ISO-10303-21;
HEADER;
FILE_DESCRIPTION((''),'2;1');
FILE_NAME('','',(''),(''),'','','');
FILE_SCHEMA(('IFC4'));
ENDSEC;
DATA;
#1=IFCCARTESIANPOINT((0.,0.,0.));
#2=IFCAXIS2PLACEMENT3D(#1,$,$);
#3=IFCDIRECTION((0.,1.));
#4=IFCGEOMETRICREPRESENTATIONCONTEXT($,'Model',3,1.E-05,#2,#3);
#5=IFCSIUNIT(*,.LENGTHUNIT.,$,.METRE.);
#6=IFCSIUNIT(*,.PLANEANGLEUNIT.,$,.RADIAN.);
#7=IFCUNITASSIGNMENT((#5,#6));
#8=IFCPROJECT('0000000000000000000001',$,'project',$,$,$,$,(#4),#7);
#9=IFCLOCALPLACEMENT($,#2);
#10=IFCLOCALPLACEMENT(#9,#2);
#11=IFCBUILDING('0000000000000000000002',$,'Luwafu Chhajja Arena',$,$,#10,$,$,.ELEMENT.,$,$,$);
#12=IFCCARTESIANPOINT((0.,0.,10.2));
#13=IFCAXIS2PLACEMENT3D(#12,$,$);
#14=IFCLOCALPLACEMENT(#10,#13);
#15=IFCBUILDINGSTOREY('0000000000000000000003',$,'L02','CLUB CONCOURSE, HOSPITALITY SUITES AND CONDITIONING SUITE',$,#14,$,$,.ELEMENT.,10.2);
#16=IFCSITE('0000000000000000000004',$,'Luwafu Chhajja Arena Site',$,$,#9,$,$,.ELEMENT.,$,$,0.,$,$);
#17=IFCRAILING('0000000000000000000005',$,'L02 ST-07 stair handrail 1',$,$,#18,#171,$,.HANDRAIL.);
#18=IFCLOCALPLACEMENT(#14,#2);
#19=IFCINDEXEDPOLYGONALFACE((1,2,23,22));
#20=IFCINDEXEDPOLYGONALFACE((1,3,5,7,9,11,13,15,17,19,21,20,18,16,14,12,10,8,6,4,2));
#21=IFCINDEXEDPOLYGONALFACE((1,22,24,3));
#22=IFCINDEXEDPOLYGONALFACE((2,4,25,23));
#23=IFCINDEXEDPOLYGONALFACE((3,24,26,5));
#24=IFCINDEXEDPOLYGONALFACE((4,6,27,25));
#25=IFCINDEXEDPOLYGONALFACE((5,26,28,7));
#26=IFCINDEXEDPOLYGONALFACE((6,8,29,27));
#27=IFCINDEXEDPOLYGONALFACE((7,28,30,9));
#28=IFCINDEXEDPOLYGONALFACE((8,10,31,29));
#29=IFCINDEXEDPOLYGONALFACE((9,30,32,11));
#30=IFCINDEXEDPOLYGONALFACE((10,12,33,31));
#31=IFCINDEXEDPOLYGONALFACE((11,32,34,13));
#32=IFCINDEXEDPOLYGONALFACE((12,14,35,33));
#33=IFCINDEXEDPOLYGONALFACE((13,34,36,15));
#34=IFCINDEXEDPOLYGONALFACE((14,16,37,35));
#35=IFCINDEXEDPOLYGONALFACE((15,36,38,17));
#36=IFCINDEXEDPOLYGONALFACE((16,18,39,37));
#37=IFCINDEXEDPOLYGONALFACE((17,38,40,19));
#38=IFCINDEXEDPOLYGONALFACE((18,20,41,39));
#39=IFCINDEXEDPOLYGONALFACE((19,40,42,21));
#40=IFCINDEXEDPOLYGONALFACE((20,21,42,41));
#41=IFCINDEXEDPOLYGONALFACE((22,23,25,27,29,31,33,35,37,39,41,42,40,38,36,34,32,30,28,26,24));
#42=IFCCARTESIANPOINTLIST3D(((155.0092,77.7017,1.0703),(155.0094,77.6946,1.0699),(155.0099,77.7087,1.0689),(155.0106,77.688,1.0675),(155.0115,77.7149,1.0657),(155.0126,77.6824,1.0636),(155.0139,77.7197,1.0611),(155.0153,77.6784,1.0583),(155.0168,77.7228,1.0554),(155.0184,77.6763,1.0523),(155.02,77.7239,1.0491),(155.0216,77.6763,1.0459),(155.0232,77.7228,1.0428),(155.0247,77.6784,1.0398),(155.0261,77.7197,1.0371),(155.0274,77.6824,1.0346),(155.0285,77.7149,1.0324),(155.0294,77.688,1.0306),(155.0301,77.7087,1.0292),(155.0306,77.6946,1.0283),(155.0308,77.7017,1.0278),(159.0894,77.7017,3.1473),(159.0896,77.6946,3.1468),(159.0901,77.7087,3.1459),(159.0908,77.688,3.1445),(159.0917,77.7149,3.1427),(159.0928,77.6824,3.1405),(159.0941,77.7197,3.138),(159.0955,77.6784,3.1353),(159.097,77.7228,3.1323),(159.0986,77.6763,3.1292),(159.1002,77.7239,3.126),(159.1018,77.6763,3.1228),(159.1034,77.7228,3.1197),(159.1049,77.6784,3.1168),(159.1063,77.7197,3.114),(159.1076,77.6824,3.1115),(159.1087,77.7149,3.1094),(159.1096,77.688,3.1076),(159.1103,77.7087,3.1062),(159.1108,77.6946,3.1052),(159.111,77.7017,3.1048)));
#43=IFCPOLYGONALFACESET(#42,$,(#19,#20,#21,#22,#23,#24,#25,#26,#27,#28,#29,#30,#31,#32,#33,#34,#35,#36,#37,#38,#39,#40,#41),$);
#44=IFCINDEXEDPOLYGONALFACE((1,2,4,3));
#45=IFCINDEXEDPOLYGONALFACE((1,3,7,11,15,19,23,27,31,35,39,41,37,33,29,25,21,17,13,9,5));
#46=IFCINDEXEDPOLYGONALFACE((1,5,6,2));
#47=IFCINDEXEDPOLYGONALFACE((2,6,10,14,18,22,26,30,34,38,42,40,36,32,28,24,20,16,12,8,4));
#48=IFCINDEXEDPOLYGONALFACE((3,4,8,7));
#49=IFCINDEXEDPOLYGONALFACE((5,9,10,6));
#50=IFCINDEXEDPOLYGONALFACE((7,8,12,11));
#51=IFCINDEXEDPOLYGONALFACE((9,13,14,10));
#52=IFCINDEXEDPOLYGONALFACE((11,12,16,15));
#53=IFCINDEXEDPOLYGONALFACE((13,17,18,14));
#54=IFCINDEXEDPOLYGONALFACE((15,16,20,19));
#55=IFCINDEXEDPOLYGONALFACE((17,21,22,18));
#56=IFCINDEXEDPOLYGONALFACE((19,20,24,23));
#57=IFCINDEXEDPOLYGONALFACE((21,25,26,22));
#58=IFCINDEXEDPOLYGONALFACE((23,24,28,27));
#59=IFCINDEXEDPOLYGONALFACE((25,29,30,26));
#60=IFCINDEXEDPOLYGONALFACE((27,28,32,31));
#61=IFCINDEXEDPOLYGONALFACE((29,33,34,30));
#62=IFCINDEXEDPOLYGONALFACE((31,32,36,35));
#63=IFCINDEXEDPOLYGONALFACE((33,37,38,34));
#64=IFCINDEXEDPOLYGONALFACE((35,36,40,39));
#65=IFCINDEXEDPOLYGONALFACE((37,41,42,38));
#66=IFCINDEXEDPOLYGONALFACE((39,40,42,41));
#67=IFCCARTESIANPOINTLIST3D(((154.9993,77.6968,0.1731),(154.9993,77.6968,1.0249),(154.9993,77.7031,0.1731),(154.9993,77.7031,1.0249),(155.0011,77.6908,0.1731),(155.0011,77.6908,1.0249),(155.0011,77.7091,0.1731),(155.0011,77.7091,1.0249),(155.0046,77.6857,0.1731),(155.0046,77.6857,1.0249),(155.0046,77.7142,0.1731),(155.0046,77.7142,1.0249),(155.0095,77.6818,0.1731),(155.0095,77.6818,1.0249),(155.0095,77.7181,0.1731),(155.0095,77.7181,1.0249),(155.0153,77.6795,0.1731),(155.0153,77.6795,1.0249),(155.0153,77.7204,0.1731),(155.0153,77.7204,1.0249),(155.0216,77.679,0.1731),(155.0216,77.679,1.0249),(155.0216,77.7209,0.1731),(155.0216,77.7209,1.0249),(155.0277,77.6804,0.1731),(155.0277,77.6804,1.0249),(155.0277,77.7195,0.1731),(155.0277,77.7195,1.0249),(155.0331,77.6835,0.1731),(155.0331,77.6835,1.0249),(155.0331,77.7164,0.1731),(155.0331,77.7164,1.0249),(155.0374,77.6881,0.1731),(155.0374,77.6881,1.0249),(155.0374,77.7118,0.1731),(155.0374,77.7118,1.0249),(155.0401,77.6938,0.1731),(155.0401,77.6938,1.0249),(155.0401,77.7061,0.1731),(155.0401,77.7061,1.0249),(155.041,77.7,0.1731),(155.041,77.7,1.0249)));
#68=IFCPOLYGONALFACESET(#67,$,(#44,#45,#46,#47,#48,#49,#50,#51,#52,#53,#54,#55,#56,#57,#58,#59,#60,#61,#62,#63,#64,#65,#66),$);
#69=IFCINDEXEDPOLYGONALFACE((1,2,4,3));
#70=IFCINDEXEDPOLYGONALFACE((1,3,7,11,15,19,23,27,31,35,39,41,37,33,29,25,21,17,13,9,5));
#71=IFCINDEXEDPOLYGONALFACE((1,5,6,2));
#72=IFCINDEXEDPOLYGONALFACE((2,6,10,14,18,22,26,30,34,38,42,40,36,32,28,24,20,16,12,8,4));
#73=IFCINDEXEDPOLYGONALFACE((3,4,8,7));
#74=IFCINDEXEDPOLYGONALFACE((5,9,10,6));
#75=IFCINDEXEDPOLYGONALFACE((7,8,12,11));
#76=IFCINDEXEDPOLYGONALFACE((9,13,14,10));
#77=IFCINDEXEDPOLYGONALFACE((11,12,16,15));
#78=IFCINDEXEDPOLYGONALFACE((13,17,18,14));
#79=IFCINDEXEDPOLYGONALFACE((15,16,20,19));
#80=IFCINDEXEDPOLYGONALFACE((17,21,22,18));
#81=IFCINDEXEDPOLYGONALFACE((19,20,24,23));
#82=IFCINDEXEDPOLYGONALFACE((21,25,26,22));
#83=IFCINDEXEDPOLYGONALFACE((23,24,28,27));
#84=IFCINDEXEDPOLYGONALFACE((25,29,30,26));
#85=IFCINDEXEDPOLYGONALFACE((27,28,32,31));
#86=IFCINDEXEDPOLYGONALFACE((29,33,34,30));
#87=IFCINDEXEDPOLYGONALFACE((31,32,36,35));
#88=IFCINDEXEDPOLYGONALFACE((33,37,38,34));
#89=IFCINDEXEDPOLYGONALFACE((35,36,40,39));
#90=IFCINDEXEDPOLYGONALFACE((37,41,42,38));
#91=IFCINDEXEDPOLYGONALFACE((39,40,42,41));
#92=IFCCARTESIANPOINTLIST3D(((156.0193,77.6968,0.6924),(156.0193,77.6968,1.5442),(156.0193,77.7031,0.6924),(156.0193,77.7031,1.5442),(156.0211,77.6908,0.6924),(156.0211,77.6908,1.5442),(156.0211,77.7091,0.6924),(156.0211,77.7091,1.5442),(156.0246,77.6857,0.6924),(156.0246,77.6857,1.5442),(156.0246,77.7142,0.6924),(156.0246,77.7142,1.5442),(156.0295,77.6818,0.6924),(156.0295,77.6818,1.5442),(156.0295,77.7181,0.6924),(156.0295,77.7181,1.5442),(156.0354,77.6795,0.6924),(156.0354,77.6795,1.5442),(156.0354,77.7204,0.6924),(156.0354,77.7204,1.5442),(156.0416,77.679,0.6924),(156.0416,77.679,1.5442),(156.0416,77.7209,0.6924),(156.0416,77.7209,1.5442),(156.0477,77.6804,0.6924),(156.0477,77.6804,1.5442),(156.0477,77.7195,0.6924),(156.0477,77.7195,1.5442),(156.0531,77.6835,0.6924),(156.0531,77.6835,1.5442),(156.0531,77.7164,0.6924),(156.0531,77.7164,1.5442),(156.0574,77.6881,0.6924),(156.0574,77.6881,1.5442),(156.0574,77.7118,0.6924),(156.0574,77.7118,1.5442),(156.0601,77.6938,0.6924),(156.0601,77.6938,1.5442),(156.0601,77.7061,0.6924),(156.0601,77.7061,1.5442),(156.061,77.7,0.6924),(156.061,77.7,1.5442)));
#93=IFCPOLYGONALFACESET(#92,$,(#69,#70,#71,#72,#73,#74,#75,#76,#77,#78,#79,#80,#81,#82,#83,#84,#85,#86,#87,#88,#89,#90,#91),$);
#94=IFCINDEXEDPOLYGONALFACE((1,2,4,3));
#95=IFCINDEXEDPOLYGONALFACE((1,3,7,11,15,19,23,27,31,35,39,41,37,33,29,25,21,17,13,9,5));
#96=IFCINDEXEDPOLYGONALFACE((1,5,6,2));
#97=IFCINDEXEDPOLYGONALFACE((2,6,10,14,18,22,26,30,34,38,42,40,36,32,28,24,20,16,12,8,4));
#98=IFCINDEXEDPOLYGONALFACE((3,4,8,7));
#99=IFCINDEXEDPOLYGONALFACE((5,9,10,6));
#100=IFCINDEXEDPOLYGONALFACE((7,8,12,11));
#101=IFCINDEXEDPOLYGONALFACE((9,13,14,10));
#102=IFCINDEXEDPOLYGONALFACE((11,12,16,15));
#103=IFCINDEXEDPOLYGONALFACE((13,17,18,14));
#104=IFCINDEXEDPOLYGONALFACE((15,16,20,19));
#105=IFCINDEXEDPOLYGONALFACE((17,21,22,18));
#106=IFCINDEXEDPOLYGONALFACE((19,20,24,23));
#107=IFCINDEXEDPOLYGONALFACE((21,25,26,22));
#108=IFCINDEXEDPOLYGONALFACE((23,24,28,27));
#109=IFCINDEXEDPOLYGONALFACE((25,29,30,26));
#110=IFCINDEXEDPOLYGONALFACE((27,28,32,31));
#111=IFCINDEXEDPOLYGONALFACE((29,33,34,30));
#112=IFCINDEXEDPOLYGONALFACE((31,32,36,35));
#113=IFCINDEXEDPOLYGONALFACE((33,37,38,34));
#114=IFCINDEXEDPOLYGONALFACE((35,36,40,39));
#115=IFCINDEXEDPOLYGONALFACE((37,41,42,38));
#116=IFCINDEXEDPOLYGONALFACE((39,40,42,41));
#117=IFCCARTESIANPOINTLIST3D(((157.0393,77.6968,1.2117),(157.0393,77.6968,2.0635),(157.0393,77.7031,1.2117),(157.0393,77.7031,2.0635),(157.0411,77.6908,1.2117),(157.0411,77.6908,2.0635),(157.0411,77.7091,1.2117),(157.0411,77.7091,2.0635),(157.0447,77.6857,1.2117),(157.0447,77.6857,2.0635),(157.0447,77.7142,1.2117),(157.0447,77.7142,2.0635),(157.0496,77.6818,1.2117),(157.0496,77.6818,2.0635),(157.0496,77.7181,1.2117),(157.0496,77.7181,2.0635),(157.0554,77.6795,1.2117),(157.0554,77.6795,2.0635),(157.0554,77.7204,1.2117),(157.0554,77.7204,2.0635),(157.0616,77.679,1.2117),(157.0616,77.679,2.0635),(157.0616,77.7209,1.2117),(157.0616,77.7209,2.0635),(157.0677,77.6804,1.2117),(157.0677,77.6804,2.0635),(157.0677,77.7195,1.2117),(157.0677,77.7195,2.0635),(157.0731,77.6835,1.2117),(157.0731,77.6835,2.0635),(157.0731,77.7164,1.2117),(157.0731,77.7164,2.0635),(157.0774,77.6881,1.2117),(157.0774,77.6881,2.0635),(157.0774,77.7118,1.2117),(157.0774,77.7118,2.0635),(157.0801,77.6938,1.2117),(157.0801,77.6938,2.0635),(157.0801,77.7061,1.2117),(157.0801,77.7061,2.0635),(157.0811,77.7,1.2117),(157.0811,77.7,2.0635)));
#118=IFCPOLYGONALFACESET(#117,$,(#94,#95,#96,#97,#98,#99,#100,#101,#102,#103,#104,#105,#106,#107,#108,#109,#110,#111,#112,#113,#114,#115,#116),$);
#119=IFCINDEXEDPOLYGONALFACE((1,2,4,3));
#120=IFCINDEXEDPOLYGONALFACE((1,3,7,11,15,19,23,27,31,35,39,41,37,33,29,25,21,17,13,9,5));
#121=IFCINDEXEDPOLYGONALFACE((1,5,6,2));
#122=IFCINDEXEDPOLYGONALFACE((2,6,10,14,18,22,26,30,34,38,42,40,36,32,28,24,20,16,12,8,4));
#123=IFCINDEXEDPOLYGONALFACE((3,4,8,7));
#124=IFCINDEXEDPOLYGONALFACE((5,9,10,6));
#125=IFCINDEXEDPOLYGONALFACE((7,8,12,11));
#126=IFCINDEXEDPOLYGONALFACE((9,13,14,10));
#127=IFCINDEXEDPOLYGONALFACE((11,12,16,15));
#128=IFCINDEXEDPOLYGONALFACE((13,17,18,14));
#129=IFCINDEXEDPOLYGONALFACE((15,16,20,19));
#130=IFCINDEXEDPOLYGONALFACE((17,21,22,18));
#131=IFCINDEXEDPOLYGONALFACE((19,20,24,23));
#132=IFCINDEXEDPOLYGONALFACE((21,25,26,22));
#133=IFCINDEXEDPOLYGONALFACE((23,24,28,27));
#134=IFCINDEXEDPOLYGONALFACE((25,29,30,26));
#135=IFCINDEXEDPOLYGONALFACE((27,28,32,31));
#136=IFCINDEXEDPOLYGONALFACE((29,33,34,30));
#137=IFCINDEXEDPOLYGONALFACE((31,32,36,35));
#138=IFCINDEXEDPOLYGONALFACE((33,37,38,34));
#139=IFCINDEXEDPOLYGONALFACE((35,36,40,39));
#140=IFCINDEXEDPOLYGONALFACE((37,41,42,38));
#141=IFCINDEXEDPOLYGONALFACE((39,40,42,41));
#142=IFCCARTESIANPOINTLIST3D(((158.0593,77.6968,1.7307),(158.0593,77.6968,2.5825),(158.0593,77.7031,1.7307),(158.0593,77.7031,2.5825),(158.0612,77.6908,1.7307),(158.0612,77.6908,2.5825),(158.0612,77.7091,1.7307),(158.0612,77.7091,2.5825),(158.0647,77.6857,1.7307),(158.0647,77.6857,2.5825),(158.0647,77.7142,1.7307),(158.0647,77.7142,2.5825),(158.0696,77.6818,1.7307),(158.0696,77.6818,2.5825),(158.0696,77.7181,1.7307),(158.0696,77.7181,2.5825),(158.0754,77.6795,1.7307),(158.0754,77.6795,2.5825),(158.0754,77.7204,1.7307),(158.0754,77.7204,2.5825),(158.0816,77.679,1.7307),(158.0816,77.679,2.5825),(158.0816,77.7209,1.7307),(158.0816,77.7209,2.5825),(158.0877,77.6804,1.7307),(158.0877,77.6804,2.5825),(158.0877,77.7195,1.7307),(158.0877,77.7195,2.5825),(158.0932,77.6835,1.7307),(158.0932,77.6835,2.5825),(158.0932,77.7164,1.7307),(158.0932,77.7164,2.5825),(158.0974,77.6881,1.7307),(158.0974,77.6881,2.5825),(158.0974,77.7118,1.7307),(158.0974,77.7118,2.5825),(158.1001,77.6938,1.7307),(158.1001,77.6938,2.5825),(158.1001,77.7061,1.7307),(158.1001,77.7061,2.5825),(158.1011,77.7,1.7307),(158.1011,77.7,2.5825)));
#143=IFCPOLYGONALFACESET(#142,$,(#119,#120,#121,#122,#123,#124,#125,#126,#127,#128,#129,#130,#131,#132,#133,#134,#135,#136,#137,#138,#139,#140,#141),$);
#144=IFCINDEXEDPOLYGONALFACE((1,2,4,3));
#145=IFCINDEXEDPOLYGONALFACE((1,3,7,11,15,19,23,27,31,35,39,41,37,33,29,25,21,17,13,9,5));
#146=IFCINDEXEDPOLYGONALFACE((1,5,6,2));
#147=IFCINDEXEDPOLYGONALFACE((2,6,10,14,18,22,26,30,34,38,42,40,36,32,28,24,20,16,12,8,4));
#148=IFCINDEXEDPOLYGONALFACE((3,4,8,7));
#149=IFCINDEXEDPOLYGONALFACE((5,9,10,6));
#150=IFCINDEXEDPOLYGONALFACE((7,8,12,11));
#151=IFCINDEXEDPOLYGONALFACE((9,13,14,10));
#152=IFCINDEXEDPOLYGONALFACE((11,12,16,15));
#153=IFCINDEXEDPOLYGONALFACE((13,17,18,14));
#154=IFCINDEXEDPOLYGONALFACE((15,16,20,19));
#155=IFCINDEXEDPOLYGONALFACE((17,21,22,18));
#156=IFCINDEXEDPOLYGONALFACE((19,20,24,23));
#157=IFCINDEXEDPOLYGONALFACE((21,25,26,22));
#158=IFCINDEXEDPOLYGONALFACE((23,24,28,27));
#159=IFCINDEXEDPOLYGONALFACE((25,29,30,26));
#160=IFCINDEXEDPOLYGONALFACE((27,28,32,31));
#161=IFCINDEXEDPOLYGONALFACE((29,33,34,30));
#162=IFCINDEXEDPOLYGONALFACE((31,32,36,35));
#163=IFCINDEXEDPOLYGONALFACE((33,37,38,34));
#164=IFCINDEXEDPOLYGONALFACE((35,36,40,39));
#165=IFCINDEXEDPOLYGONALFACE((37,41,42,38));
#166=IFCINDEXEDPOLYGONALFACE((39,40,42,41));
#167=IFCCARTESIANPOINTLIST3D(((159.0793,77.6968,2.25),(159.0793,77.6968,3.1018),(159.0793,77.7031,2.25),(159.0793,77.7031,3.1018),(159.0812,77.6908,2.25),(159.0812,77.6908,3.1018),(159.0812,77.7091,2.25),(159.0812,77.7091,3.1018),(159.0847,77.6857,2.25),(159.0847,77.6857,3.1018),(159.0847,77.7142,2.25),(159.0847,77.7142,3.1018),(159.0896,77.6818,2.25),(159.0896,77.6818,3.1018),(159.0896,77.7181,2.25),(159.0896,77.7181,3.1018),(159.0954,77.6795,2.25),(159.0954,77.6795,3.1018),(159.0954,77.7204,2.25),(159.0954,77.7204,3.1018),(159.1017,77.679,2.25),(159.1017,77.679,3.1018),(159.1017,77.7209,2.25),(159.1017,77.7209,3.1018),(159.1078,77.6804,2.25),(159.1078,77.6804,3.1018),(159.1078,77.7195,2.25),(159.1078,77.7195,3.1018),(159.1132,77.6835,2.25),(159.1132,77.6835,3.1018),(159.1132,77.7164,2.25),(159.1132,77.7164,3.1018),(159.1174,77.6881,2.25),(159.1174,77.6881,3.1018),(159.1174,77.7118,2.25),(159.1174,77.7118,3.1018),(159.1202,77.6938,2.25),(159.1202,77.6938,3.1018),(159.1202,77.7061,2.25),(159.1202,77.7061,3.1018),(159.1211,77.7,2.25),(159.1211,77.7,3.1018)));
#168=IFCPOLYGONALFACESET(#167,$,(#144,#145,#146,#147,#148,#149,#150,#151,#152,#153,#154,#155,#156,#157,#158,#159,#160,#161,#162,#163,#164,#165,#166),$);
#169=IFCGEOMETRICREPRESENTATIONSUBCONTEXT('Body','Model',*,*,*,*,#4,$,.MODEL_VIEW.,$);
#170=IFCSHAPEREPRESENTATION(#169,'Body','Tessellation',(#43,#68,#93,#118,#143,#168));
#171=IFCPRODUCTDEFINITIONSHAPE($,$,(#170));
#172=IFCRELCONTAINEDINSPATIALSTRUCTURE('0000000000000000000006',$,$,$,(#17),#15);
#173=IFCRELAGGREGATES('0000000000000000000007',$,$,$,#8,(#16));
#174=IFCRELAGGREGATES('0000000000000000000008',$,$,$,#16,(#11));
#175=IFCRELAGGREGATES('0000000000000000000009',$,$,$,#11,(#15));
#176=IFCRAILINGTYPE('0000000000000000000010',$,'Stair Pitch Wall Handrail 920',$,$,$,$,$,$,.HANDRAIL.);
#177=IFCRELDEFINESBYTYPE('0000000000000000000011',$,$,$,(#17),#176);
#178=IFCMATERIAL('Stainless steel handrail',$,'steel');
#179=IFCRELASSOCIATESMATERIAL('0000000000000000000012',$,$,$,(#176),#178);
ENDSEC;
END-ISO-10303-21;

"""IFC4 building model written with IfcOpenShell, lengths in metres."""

from ifc_helpers import new_model, si_unit, direction, frame, origin, origin_2d, place, context, subcontext, project, spatial, circle, extrude, material, type_object, element, save


model = new_model("IFC4")

# Units and contexts
model_context = context("Model", 3, precision=1e-05, world=origin(), true_north=direction((0.0, 1.0)))
body_context = subcontext(model_context, "Body", "Model", "MODEL_VIEW")
ifc_project = project(units=[si_unit("LENGTHUNIT", "METRE"), si_unit("PLANEANGLEUNIT", "RADIAN")], contexts=[model_context])

# Site, building, storey
site_placement = place(None, origin())
site = spatial("IfcSite", under=ifc_project, at=site_placement, Name="Luwafu Chhajja Arena Site", CompositionType="ELEMENT", RefElevation=0.0)
building_placement = place(site_placement, origin())
building = spatial("IfcBuilding", under=site, at=building_placement, Name="Luwafu Chhajja Arena", CompositionType="ELEMENT")
storey_placement = place(building_placement, frame((0.0, 0.0, 10.2)))
storey = spatial("IfcBuildingStorey", under=building, at=storey_placement, Name="L02", Description="CLUB CONCOURSE, HOSPITALITY SUITES AND CONDITIONING SUITE", CompositionType="ELEMENT", Elevation=10.2)

# Railing
ifc_material_1 = material(Name="Stainless steel handrail", Category="steel")
railing_type_1 = type_object("IfcRailingType", Name="Stair Pitch Wall Handrail 920", PredefinedType="HANDRAIL", material=ifc_material_1)
for number, where, name in (
    (1, (155.02, 77.7, 0.1731), "L02 ST-07 stair handrail 1"),
):
    element("IfcRailing", number, at=place(storey_placement, frame(where)), inside=storey, type_object=railing_type_1, Name=name, PredefinedType="HANDRAIL", context=body_context, shape_type="SweptSolid", body=[
        extrude(circle(Radius=0.0239, at=origin_2d()), frame((0.0, 0.0, 0.876), z_axis=(0.891183, 0.0, 0.453644), x_axis=(0.0, 1.0, 0.0)), (0.0, 0.0, 1.0), 4.5784),
        extrude(circle(Radius=0.021, at=origin_2d()), origin(), (0.0, 0.0, 1.0), 0.8518),
        extrude(circle(Radius=0.021, at=origin_2d()), frame((1.02, 0.0, 0.5193)), (0.0, 0.0, 1.0), 0.8518),
        extrude(circle(Radius=0.021, at=origin_2d()), frame((2.04, 0.0, 1.0386)), (0.0, 0.0, 1.0), 0.8518),
        extrude(circle(Radius=0.021, at=origin_2d()), frame((3.0601, 0.0, 1.5576)), (0.0, 0.0, 1.0), 0.8518),
        extrude(circle(Radius=0.021, at=origin_2d()), frame((4.0801, 0.0, 2.0769)), (0.0, 0.0, 1.0), 0.8518),
    ])

save(model, "model.ifc")
